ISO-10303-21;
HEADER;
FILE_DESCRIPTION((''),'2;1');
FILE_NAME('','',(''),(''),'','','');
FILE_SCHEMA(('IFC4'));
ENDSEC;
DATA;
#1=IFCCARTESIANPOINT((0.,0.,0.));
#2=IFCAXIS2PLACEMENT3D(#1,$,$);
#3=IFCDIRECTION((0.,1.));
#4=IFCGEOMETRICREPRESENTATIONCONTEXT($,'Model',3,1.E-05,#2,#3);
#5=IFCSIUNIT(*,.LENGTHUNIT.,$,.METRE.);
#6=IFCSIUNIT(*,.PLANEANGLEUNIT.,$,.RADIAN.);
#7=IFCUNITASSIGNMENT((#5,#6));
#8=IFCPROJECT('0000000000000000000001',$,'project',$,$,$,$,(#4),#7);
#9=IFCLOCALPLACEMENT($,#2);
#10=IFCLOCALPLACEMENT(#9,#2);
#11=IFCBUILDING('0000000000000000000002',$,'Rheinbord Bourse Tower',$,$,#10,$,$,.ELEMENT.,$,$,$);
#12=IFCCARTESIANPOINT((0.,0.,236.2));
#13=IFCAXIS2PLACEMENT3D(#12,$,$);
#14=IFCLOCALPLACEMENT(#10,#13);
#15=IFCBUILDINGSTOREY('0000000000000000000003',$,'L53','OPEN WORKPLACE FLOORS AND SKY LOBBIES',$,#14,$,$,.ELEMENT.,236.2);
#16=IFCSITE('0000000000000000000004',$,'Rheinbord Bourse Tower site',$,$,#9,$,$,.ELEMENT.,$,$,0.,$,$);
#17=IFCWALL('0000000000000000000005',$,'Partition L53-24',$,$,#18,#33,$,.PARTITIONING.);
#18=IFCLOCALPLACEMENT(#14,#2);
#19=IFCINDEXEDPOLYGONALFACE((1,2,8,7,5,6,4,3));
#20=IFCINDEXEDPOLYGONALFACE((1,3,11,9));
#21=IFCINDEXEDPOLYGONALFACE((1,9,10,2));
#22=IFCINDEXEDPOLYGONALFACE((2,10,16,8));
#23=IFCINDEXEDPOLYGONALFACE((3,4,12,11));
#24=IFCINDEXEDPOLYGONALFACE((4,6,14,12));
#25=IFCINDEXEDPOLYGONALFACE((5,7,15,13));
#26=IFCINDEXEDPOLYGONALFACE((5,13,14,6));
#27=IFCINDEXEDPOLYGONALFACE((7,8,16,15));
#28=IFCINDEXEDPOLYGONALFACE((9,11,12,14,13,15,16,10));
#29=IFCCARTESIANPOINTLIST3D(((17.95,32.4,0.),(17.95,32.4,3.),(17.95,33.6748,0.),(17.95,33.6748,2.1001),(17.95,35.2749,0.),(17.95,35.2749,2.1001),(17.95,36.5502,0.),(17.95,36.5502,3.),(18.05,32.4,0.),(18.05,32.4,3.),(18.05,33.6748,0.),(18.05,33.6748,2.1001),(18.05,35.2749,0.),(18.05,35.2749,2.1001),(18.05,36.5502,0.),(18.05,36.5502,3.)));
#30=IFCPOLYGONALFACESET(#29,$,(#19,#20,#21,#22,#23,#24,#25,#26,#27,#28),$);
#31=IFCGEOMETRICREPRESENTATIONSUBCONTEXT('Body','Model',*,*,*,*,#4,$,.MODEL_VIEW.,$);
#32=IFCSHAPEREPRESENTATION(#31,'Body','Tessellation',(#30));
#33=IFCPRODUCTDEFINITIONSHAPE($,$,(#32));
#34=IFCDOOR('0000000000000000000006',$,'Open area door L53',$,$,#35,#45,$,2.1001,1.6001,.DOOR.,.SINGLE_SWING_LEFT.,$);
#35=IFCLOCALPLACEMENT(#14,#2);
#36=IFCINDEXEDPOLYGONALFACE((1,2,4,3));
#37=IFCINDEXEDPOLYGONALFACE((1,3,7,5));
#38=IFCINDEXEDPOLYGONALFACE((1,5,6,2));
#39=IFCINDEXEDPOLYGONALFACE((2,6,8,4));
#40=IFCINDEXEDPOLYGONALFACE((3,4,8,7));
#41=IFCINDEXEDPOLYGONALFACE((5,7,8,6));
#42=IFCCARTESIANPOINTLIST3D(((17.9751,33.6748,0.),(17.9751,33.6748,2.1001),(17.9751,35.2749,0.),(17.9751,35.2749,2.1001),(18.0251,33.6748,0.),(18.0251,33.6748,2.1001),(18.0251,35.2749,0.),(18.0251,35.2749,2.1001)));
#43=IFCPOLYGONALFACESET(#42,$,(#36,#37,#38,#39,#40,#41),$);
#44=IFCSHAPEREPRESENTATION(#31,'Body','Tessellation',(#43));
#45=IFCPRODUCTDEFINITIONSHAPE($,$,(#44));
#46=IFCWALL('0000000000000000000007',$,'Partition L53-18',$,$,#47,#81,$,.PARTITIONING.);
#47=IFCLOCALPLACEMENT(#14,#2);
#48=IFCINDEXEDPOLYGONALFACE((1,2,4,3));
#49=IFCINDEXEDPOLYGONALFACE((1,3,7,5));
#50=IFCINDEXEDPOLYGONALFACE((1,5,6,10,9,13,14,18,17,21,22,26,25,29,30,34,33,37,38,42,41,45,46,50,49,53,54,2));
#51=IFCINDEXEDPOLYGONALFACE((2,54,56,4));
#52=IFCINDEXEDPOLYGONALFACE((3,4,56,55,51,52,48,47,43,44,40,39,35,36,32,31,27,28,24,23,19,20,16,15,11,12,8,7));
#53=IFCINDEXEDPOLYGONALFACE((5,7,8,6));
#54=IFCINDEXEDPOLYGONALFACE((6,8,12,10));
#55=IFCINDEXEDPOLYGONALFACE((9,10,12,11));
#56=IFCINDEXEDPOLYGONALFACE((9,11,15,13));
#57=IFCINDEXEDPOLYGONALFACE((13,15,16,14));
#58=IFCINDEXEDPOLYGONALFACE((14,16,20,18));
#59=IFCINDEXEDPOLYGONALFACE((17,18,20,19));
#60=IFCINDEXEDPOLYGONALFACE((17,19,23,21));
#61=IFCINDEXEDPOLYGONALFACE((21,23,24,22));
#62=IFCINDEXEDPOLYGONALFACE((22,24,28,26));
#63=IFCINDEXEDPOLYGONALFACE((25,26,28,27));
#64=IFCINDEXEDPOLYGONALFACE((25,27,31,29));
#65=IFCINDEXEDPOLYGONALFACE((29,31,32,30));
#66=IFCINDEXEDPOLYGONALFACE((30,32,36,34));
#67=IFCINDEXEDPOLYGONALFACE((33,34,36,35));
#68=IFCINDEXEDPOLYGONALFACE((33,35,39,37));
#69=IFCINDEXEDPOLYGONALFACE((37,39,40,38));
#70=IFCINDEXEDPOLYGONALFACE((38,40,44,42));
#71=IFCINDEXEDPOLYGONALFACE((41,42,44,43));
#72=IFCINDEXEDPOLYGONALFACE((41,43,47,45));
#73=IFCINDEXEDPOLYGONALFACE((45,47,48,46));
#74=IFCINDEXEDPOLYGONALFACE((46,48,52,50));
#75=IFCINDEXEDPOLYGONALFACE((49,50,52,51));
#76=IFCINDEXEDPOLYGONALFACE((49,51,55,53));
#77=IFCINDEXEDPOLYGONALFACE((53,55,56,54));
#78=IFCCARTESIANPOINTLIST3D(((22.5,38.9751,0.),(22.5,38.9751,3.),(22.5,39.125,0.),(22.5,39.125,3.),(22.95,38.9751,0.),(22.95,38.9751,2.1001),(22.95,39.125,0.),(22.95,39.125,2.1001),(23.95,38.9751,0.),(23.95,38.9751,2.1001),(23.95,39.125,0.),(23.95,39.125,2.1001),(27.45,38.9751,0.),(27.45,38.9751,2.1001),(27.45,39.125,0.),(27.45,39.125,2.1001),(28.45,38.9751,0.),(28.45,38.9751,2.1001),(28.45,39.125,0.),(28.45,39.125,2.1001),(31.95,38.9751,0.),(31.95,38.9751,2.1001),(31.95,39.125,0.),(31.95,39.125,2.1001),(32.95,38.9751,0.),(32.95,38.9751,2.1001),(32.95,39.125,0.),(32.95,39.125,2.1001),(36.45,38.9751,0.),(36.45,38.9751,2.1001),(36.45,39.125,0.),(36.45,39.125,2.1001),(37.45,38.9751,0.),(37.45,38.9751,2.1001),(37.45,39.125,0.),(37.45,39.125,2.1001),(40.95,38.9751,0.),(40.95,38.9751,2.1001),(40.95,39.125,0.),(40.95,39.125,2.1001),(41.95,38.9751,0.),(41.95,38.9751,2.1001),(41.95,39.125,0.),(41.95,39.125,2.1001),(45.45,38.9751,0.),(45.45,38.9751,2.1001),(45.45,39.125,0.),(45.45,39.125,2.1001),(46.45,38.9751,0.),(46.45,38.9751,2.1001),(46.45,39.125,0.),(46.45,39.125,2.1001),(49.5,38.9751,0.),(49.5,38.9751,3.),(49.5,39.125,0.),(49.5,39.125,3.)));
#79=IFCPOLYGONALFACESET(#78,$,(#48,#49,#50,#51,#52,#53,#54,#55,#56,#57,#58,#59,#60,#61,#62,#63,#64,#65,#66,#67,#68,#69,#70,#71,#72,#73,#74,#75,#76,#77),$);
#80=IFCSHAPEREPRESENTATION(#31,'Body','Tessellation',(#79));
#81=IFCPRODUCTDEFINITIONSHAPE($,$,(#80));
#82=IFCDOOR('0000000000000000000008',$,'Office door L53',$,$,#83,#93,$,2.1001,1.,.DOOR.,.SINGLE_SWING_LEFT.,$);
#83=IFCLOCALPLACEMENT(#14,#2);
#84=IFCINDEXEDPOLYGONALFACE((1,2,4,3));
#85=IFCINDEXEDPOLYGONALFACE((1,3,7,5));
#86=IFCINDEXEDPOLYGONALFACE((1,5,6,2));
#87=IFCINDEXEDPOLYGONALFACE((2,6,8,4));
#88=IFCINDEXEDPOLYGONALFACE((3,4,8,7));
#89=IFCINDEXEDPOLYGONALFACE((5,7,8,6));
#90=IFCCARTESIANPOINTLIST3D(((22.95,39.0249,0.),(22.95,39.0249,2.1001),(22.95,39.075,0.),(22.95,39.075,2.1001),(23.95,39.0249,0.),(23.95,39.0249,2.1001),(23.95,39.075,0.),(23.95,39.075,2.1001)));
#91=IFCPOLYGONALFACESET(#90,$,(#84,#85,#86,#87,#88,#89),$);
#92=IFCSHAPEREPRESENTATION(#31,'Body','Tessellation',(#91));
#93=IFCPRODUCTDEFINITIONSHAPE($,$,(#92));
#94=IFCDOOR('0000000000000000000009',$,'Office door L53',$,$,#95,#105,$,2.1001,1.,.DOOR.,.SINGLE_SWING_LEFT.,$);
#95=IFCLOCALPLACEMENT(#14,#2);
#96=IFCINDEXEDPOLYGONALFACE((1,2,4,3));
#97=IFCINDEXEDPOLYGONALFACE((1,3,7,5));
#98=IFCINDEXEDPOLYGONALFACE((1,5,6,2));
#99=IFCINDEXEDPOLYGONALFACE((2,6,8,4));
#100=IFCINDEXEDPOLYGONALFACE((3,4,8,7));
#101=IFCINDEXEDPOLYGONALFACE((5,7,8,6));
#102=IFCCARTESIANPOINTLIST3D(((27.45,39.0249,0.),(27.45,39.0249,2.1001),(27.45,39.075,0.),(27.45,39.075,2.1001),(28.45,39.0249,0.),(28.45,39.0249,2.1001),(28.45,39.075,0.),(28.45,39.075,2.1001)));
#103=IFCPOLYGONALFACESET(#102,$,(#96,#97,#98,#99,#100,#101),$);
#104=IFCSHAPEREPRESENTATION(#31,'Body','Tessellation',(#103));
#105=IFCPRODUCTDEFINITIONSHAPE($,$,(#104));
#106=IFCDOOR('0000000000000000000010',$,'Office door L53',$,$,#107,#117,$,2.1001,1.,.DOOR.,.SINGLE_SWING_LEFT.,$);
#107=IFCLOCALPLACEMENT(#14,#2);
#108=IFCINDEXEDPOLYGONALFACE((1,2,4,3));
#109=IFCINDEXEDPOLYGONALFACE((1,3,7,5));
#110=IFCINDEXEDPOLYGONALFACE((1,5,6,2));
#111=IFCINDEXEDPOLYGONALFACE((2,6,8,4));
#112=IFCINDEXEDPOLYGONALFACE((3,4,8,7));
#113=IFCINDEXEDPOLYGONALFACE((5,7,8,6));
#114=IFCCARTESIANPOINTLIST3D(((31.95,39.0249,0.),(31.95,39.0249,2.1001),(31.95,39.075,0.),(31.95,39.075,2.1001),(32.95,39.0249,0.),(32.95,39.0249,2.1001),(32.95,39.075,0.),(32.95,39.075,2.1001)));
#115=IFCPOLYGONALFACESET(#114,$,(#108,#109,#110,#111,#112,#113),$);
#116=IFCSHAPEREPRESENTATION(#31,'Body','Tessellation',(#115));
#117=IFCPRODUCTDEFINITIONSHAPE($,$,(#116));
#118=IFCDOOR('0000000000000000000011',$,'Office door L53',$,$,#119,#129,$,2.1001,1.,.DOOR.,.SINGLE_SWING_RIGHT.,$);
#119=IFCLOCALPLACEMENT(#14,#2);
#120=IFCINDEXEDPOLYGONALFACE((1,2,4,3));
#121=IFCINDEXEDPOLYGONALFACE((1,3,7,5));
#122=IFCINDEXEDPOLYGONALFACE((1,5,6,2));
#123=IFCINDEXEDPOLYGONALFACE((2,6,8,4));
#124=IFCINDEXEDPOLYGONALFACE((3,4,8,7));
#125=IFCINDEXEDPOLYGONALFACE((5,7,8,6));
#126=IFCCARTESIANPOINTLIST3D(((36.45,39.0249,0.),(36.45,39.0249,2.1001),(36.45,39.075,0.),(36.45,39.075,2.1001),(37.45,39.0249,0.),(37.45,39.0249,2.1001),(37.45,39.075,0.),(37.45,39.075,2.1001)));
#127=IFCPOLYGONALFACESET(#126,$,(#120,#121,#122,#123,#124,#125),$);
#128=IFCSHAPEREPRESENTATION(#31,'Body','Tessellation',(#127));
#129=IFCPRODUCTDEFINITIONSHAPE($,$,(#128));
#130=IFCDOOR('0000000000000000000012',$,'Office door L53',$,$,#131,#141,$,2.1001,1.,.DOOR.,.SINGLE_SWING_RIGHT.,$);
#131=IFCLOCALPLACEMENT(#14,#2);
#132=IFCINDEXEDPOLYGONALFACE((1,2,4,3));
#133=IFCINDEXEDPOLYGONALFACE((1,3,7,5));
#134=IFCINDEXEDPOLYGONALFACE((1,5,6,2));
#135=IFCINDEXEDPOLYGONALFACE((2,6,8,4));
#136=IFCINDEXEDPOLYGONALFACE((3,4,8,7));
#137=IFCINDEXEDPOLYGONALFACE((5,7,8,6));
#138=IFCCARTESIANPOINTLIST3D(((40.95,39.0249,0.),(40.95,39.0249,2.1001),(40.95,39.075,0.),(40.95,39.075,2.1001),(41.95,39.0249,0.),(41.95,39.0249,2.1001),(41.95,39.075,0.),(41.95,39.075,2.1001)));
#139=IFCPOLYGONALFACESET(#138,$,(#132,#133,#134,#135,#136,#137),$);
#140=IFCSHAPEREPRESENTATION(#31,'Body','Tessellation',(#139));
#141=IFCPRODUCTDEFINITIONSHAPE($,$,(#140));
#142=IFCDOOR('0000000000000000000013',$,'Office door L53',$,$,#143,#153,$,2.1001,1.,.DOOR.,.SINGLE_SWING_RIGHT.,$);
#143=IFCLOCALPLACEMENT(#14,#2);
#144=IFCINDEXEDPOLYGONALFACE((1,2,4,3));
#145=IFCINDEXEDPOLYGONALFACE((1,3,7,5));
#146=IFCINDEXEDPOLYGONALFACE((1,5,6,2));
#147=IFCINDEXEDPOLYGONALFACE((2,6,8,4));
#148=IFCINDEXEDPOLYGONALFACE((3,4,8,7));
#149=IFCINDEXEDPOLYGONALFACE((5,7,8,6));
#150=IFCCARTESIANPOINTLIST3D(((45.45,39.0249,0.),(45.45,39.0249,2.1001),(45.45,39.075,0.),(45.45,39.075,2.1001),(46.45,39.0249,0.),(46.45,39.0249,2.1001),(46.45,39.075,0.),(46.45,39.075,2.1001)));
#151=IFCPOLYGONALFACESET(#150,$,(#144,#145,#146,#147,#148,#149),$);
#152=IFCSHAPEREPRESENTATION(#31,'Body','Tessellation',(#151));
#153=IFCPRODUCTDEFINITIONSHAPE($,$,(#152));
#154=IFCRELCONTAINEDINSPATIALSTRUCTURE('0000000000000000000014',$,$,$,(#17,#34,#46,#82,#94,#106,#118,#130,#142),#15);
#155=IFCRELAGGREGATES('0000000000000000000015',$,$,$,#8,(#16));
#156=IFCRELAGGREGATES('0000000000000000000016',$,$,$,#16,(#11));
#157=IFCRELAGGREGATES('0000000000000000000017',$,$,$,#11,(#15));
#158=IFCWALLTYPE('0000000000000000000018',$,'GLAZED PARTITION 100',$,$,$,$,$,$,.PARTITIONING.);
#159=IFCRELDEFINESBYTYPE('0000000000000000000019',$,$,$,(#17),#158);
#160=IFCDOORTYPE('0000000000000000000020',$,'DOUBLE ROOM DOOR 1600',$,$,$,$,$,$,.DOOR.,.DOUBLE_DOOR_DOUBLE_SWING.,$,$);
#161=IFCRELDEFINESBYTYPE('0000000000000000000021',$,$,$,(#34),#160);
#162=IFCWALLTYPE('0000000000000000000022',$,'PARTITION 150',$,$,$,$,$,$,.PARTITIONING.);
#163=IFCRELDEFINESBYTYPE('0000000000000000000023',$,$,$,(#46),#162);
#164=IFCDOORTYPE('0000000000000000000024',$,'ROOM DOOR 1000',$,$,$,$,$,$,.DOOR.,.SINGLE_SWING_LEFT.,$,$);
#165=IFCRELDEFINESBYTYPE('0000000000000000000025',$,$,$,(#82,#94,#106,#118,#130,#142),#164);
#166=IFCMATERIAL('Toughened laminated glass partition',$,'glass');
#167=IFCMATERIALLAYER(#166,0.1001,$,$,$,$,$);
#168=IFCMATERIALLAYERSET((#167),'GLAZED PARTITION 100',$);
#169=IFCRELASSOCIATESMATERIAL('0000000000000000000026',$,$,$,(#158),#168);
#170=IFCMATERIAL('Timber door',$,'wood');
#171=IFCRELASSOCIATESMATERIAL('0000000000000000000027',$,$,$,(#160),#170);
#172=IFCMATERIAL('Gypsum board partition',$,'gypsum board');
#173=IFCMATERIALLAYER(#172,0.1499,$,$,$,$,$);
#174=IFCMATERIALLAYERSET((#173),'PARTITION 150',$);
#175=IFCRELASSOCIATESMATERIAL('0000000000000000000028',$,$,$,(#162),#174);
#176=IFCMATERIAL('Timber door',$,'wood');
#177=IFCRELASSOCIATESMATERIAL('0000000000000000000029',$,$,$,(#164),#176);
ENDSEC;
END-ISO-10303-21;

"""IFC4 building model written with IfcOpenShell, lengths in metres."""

from ifc_helpers import new_model, si_unit, direction, frame, frame_2d, origin, place, context, subcontext, project, spatial, rectangle, extrude, material, layer, layer_set, type_object, element, fill, save


model = new_model("IFC4")

# Units and contexts
model_context = context("Model", 3, precision=1e-05, world=origin(), true_north=direction((0.0, 1.0)))
body_context = subcontext(model_context, "Body", "Model", "MODEL_VIEW")
ifc_project = project(units=[si_unit("LENGTHUNIT", "METRE"), si_unit("PLANEANGLEUNIT", "RADIAN")], contexts=[model_context])

# Site, building, storey
site_placement = place(None, origin())
site = spatial("IfcSite", under=ifc_project, at=site_placement, Name="Rheinbord Bourse Tower site", CompositionType="ELEMENT", RefElevation=0.0)
building_placement = place(site_placement, origin())
building = spatial("IfcBuilding", under=site, at=building_placement, Name="Rheinbord Bourse Tower", CompositionType="ELEMENT")
storey_placement = place(building_placement, frame((0.0, 0.0, 236.2)))
storey = spatial("IfcBuildingStorey", under=building, at=storey_placement, Name="L53", Description="OPEN WORKPLACE FLOORS AND SKY LOBBIES", CompositionType="ELEMENT", Elevation=236.2)

# Wall, opening, door
ifc_material_1 = material(Name="Toughened laminated glass partition", Category="glass")
ifc_layer_1 = layer(ifc_material_1, 0.1001)
ifc_layer_set_1 = layer_set([ifc_layer_1], Name="GLAZED PARTITION 100")
wall_type_1 = type_object("IfcWallType", Name="GLAZED PARTITION 100", PredefinedType="PARTITIONING", material=ifc_layer_set_1)
wall_1_placement = place(storey_placement, frame((18.0, 32.3999, 0.0), z_axis=(0.0, 0.0, 1.0), x_axis=(0.0, 1.0, 0.0)))
wall_1 = element("IfcWall", 1, at=wall_1_placement, inside=storey, type_object=wall_type_1, Name="Partition L53-24", PredefinedType="PARTITIONING", context=body_context, shape_type="SweptSolid", body=[
    extrude(rectangle(XDim=4.1501, YDim=0.1001, at=frame_2d((2.0752, 0.0))), origin(), (0.0, 0.0, 1.0), 3.0),
])
opening_1_placement = place(wall_1_placement, frame((1.2749, 0.0, 0.0)))
opening_1 = element("IfcOpeningElement", 2, at=opening_1_placement, cuts=wall_1, PredefinedType="OPENING", context=body_context, shape_type="SweptSolid", body=[
    extrude(rectangle(XDim=1.6001, YDim=2.1001, at=frame_2d((0.8, 1.05))), frame((0.0, 0.0601, 0.0), z_axis=(0.0, -1.0, 0.0), x_axis=(1.0, 0.0, 0.0)), (0.0, 0.0, 1.0), 0.1201),
])
ifc_material_2 = material(Name="Timber door", Category="wood")
door_type_1 = type_object("IfcDoorType", Name="DOUBLE ROOM DOOR 1600", OperationType="DOUBLE_DOOR_DOUBLE_SWING", PredefinedType="DOOR", material=ifc_material_2)
door_1_placement = place(opening_1_placement, origin())
door_1 = element("IfcDoor", 3, at=door_1_placement, inside=storey, type_object=door_type_1, Name="Open area door L53", OperationType="SINGLE_SWING_LEFT", OverallHeight=2.1001, OverallWidth=1.6001, PredefinedType="DOOR", context=body_context, shape_type="SweptSolid", body=[
    extrude(rectangle(XDim=1.6001, YDim=2.1001, at=frame_2d((0.8, 1.05))), frame((0.0, 0.0249, 0.0), z_axis=(0.0, -1.0, 0.0), x_axis=(1.0, 0.0, 0.0)), (0.0, 0.0, 1.0), 0.05),
])
fill(opening_1, door_1)

# Wall, openings, doors
ifc_material_3 = material(Name="Gypsum board partition", Category="gypsum board")
ifc_layer_2 = layer(ifc_material_3, 0.1499)
ifc_layer_set_2 = layer_set([ifc_layer_2], Name="PARTITION 150")
wall_type_2 = type_object("IfcWallType", Name="PARTITION 150", PredefinedType="PARTITIONING", material=ifc_layer_set_2)
wall_2_placement = place(storey_placement, frame((22.5, 39.05, 0.0), z_axis=(0.0, 0.0, 1.0), x_axis=(1.0, 0.0, 0.0)))
wall_2 = element("IfcWall", 4, at=wall_2_placement, inside=storey, type_object=wall_type_2, Name="Partition L53-18", PredefinedType="PARTITIONING", context=body_context, shape_type="SweptSolid", body=[
    extrude(rectangle(XDim=27.0, YDim=0.1499, at=frame_2d((13.5, 0.0))), origin(), (0.0, 0.0, 1.0), 3.0),
])
opening_2_placement = place(wall_2_placement, frame((0.45, 0.0, 0.0)))
opening_2 = element("IfcOpeningElement", 5, at=opening_2_placement, cuts=wall_2, PredefinedType="OPENING", context=body_context, shape_type="SweptSolid", body=[
    extrude(rectangle(XDim=1.0, YDim=2.1001, at=frame_2d((0.5, 1.05))), frame((0.0, 0.085, 0.0), z_axis=(0.0, -1.0, 0.0), x_axis=(1.0, 0.0, 0.0)), (0.0, 0.0, 1.0), 0.1699),
])
opening_3_placement = place(wall_2_placement, frame((4.95, 0.0, 0.0)))
opening_3 = element("IfcOpeningElement", 6, at=opening_3_placement, cuts=wall_2, PredefinedType="OPENING", context=body_context, shape_type="SweptSolid", body=[
    extrude(rectangle(XDim=1.0, YDim=2.1001, at=frame_2d((0.5, 1.05))), frame((0.0, 0.085, 0.0), z_axis=(0.0, -1.0, 0.0), x_axis=(1.0, 0.0, 0.0)), (0.0, 0.0, 1.0), 0.1699),
])
opening_4_placement = place(wall_2_placement, frame((9.45, 0.0, 0.0)))
opening_4 = element("IfcOpeningElement", 7, at=opening_4_placement, cuts=wall_2, PredefinedType="OPENING", context=body_context, shape_type="SweptSolid", body=[
    extrude(rectangle(XDim=1.0, YDim=2.1001, at=frame_2d((0.5, 1.05))), frame((0.0, 0.085, 0.0), z_axis=(0.0, -1.0, 0.0), x_axis=(1.0, 0.0, 0.0)), (0.0, 0.0, 1.0), 0.1699),
])
opening_5_placement = place(wall_2_placement, frame((13.95, 0.0, 0.0)))
opening_5 = element("IfcOpeningElement", 8, at=opening_5_placement, cuts=wall_2, PredefinedType="OPENING", context=body_context, shape_type="SweptSolid", body=[
    extrude(rectangle(XDim=1.0, YDim=2.1001, at=frame_2d((0.5, 1.05))), frame((0.0, 0.085, 0.0), z_axis=(0.0, -1.0, 0.0), x_axis=(1.0, 0.0, 0.0)), (0.0, 0.0, 1.0), 0.1699),
])
opening_6_placement = place(wall_2_placement, frame((18.45, 0.0, 0.0)))
opening_6 = element("IfcOpeningElement", 9, at=opening_6_placement, cuts=wall_2, PredefinedType="OPENING", context=body_context, shape_type="SweptSolid", body=[
    extrude(rectangle(XDim=1.0, YDim=2.1001, at=frame_2d((0.5, 1.05))), frame((0.0, 0.085, 0.0), z_axis=(0.0, -1.0, 0.0), x_axis=(1.0, 0.0, 0.0)), (0.0, 0.0, 1.0), 0.1699),
])
opening_7_placement = place(wall_2_placement, frame((22.95, 0.0, 0.0)))
opening_7 = element("IfcOpeningElement", 10, at=opening_7_placement, cuts=wall_2, PredefinedType="OPENING", context=body_context, shape_type="SweptSolid", body=[
    extrude(rectangle(XDim=1.0, YDim=2.1001, at=frame_2d((0.5, 1.05))), frame((0.0, 0.085, 0.0), z_axis=(0.0, -1.0, 0.0), x_axis=(1.0, 0.0, 0.0)), (0.0, 0.0, 1.0), 0.1699),
])
ifc_material_4 = material(Name="Timber door", Category="wood")
door_type_2 = type_object("IfcDoorType", Name="ROOM DOOR 1000", OperationType="SINGLE_SWING_LEFT", PredefinedType="DOOR", material=ifc_material_4)
door_2_placement = place(opening_2_placement, origin())
door_2 = element("IfcDoor", 11, at=door_2_placement, inside=storey, type_object=door_type_2, Name="Office door L53", OperationType="SINGLE_SWING_LEFT", OverallHeight=2.1001, OverallWidth=1.0, PredefinedType="DOOR", context=body_context, shape_type="SweptSolid", body=[
    extrude(rectangle(XDim=1.0, YDim=2.1001, at=frame_2d((0.5, 1.05))), frame((0.0, 0.0249, 0.0), z_axis=(0.0, -1.0, 0.0), x_axis=(1.0, 0.0, 0.0)), (0.0, 0.0, 1.0), 0.05),
])
fill(opening_2, door_2)
door_3_placement = place(opening_3_placement, origin())
door_3 = element("IfcDoor", 12, at=door_3_placement, inside=storey, type_object=door_type_2, Name="Office door L53", OperationType="SINGLE_SWING_LEFT", OverallHeight=2.1001, OverallWidth=1.0, PredefinedType="DOOR", context=body_context, shape_type="SweptSolid", body=[
    extrude(rectangle(XDim=1.0, YDim=2.1001, at=frame_2d((0.5, 1.05))), frame((0.0, 0.0249, 0.0), z_axis=(0.0, -1.0, 0.0), x_axis=(1.0, 0.0, 0.0)), (0.0, 0.0, 1.0), 0.05),
])
fill(opening_3, door_3)
door_4_placement = place(opening_4_placement, origin())
door_4 = element("IfcDoor", 13, at=door_4_placement, inside=storey, type_object=door_type_2, Name="Office door L53", OperationType="SINGLE_SWING_LEFT", OverallHeight=2.1001, OverallWidth=1.0, PredefinedType="DOOR", context=body_context, shape_type="SweptSolid", body=[
    extrude(rectangle(XDim=1.0, YDim=2.1001, at=frame_2d((0.5, 1.05))), frame((0.0, 0.0249, 0.0), z_axis=(0.0, -1.0, 0.0), x_axis=(1.0, 0.0, 0.0)), (0.0, 0.0, 1.0), 0.05),
])
fill(opening_4, door_4)
door_5_placement = place(opening_5_placement, origin())
door_5 = element("IfcDoor", 14, at=door_5_placement, inside=storey, type_object=door_type_2, Name="Office door L53", OperationType="SINGLE_SWING_RIGHT", OverallHeight=2.1001, OverallWidth=1.0, PredefinedType="DOOR", context=body_context, shape_type="SweptSolid", body=[
    extrude(rectangle(XDim=1.0, YDim=2.1001, at=frame_2d((0.5, 1.05))), frame((0.0, 0.0249, 0.0), z_axis=(0.0, -1.0, 0.0), x_axis=(1.0, 0.0, 0.0)), (0.0, 0.0, 1.0), 0.05),
])
fill(opening_5, door_5)
door_6_placement = place(opening_6_placement, origin())
door_6 = element("IfcDoor", 15, at=door_6_placement, inside=storey, type_object=door_type_2, Name="Office door L53", OperationType="SINGLE_SWING_RIGHT", OverallHeight=2.1001, OverallWidth=1.0, PredefinedType="DOOR", context=body_context, shape_type="SweptSolid", body=[
    extrude(rectangle(XDim=1.0, YDim=2.1001, at=frame_2d((0.5, 1.05))), frame((0.0, 0.0249, 0.0), z_axis=(0.0, -1.0, 0.0), x_axis=(1.0, 0.0, 0.0)), (0.0, 0.0, 1.0), 0.05),
])
fill(opening_6, door_6)
door_7_placement = place(opening_7_placement, origin())
door_7 = element("IfcDoor", 16, at=door_7_placement, inside=storey, type_object=door_type_2, Name="Office door L53", OperationType="SINGLE_SWING_RIGHT", OverallHeight=2.1001, OverallWidth=1.0, PredefinedType="DOOR", context=body_context, shape_type="SweptSolid", body=[
    extrude(rectangle(XDim=1.0, YDim=2.1001, at=frame_2d((0.5, 1.05))), frame((0.0, 0.0249, 0.0), z_axis=(0.0, -1.0, 0.0), x_axis=(1.0, 0.0, 0.0)), (0.0, 0.0, 1.0), 0.05),
])
fill(opening_7, door_7)

save(model, "model.ifc")
